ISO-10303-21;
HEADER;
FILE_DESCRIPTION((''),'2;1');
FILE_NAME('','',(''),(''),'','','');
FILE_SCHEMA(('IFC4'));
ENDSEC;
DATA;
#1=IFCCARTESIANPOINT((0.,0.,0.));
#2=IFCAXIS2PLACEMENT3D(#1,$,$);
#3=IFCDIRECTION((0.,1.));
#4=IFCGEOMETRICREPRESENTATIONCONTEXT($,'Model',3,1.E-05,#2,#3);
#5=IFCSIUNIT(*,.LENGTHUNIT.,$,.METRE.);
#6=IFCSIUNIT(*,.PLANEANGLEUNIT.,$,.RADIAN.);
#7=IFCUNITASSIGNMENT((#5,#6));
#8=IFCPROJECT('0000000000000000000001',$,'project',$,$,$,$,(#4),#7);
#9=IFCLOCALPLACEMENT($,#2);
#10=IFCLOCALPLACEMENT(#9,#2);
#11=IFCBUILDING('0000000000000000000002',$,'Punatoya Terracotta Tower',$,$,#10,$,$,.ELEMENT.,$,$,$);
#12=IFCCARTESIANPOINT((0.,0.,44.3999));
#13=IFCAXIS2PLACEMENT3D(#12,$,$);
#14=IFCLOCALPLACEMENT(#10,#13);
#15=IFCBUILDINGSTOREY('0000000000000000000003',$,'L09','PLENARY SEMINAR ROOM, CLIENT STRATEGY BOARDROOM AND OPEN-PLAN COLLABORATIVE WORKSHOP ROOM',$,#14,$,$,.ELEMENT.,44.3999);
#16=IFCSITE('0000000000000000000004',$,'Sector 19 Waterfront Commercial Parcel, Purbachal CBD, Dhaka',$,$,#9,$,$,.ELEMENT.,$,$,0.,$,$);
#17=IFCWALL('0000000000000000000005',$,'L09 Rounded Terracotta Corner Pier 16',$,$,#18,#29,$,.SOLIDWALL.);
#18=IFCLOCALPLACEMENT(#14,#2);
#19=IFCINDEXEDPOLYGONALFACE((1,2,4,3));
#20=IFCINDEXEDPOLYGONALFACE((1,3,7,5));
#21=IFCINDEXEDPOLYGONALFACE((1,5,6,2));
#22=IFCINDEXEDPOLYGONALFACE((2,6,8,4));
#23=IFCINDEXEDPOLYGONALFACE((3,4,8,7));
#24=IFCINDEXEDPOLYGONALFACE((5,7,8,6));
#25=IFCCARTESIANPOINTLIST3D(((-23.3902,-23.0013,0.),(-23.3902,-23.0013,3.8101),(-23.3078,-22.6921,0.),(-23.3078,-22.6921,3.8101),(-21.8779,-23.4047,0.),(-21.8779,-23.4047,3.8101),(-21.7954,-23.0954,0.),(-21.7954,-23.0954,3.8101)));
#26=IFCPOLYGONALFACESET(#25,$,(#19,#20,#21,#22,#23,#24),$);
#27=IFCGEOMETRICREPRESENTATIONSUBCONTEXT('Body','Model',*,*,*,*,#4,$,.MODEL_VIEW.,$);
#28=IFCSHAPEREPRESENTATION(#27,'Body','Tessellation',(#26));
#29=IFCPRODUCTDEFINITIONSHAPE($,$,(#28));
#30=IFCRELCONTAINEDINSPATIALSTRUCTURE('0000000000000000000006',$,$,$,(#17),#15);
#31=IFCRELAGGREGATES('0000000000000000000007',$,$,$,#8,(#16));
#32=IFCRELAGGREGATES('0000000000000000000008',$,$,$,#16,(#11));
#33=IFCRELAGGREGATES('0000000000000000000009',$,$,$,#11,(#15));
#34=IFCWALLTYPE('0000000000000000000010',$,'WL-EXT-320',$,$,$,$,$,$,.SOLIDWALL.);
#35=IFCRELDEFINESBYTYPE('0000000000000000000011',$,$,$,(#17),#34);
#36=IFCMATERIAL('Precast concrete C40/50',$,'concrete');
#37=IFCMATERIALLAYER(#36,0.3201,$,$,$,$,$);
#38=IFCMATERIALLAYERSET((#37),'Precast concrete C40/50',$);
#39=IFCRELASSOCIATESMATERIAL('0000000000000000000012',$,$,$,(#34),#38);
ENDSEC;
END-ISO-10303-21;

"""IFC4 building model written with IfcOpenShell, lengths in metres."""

from ifc_helpers import new_model, si_unit, direction, frame, frame_2d, origin, place, context, subcontext, project, spatial, rectangle, extrude, material, layer, layer_set, type_object, element, save


model = new_model("IFC4")

# Units and contexts
model_context = context("Model", 3, precision=1e-05, world=origin(), true_north=direction((0.0, 1.0)))
body_context = subcontext(model_context, "Body", "Model", "MODEL_VIEW")
ifc_project = project(units=[si_unit("LENGTHUNIT", "METRE"), si_unit("PLANEANGLEUNIT", "RADIAN")], contexts=[model_context])

# Site, building, storey
site_placement = place(None, origin())
site = spatial("IfcSite", under=ifc_project, at=site_placement, Name="Sector 19 Waterfront Commercial Parcel, Purbachal CBD, Dhaka", CompositionType="ELEMENT", RefElevation=0.0)
building_placement = place(site_placement, origin())
building = spatial("IfcBuilding", under=site, at=building_placement, Name="Punatoya Terracotta Tower", CompositionType="ELEMENT")
storey_placement = place(building_placement, frame((0.0, 0.0, 44.3999)))
storey = spatial("IfcBuildingStorey", under=building, at=storey_placement, Name="L09", Description="PLENARY SEMINAR ROOM, CLIENT STRATEGY BOARDROOM AND OPEN-PLAN COLLABORATIVE WORKSHOP ROOM", CompositionType="ELEMENT", Elevation=44.3999)

# Wall
ifc_material_1 = material(Name="Precast concrete C40/50", Category="concrete")
ifc_layer_1 = layer(ifc_material_1, 0.3201)
ifc_layer_set_1 = layer_set([ifc_layer_1], Name="Precast concrete C40/50")
wall_type = type_object("IfcWallType", Name="WL-EXT-320", PredefinedType="SOLIDWALL", material=ifc_layer_set_1)
wall_1_placement = place(storey_placement, frame((-23.3491, -22.8467, 0.0), z_axis=(0.0, 0.0, 1.0), x_axis=(0.966225, -0.257701, 0.0)))
element("IfcWall", 1, at=wall_1_placement, inside=storey, type_object=wall_type, Name="L09 Rounded Terracotta Corner Pier 16", PredefinedType="SOLIDWALL", context=body_context, shape_type="SweptSolid", body=[
    extrude(rectangle(XDim=1.5652, YDim=0.3201, at=frame_2d((0.7827, 0.0))), origin(), (0.0, 0.0, 1.0), 3.8101),
])

save(model, "model.ifc")
